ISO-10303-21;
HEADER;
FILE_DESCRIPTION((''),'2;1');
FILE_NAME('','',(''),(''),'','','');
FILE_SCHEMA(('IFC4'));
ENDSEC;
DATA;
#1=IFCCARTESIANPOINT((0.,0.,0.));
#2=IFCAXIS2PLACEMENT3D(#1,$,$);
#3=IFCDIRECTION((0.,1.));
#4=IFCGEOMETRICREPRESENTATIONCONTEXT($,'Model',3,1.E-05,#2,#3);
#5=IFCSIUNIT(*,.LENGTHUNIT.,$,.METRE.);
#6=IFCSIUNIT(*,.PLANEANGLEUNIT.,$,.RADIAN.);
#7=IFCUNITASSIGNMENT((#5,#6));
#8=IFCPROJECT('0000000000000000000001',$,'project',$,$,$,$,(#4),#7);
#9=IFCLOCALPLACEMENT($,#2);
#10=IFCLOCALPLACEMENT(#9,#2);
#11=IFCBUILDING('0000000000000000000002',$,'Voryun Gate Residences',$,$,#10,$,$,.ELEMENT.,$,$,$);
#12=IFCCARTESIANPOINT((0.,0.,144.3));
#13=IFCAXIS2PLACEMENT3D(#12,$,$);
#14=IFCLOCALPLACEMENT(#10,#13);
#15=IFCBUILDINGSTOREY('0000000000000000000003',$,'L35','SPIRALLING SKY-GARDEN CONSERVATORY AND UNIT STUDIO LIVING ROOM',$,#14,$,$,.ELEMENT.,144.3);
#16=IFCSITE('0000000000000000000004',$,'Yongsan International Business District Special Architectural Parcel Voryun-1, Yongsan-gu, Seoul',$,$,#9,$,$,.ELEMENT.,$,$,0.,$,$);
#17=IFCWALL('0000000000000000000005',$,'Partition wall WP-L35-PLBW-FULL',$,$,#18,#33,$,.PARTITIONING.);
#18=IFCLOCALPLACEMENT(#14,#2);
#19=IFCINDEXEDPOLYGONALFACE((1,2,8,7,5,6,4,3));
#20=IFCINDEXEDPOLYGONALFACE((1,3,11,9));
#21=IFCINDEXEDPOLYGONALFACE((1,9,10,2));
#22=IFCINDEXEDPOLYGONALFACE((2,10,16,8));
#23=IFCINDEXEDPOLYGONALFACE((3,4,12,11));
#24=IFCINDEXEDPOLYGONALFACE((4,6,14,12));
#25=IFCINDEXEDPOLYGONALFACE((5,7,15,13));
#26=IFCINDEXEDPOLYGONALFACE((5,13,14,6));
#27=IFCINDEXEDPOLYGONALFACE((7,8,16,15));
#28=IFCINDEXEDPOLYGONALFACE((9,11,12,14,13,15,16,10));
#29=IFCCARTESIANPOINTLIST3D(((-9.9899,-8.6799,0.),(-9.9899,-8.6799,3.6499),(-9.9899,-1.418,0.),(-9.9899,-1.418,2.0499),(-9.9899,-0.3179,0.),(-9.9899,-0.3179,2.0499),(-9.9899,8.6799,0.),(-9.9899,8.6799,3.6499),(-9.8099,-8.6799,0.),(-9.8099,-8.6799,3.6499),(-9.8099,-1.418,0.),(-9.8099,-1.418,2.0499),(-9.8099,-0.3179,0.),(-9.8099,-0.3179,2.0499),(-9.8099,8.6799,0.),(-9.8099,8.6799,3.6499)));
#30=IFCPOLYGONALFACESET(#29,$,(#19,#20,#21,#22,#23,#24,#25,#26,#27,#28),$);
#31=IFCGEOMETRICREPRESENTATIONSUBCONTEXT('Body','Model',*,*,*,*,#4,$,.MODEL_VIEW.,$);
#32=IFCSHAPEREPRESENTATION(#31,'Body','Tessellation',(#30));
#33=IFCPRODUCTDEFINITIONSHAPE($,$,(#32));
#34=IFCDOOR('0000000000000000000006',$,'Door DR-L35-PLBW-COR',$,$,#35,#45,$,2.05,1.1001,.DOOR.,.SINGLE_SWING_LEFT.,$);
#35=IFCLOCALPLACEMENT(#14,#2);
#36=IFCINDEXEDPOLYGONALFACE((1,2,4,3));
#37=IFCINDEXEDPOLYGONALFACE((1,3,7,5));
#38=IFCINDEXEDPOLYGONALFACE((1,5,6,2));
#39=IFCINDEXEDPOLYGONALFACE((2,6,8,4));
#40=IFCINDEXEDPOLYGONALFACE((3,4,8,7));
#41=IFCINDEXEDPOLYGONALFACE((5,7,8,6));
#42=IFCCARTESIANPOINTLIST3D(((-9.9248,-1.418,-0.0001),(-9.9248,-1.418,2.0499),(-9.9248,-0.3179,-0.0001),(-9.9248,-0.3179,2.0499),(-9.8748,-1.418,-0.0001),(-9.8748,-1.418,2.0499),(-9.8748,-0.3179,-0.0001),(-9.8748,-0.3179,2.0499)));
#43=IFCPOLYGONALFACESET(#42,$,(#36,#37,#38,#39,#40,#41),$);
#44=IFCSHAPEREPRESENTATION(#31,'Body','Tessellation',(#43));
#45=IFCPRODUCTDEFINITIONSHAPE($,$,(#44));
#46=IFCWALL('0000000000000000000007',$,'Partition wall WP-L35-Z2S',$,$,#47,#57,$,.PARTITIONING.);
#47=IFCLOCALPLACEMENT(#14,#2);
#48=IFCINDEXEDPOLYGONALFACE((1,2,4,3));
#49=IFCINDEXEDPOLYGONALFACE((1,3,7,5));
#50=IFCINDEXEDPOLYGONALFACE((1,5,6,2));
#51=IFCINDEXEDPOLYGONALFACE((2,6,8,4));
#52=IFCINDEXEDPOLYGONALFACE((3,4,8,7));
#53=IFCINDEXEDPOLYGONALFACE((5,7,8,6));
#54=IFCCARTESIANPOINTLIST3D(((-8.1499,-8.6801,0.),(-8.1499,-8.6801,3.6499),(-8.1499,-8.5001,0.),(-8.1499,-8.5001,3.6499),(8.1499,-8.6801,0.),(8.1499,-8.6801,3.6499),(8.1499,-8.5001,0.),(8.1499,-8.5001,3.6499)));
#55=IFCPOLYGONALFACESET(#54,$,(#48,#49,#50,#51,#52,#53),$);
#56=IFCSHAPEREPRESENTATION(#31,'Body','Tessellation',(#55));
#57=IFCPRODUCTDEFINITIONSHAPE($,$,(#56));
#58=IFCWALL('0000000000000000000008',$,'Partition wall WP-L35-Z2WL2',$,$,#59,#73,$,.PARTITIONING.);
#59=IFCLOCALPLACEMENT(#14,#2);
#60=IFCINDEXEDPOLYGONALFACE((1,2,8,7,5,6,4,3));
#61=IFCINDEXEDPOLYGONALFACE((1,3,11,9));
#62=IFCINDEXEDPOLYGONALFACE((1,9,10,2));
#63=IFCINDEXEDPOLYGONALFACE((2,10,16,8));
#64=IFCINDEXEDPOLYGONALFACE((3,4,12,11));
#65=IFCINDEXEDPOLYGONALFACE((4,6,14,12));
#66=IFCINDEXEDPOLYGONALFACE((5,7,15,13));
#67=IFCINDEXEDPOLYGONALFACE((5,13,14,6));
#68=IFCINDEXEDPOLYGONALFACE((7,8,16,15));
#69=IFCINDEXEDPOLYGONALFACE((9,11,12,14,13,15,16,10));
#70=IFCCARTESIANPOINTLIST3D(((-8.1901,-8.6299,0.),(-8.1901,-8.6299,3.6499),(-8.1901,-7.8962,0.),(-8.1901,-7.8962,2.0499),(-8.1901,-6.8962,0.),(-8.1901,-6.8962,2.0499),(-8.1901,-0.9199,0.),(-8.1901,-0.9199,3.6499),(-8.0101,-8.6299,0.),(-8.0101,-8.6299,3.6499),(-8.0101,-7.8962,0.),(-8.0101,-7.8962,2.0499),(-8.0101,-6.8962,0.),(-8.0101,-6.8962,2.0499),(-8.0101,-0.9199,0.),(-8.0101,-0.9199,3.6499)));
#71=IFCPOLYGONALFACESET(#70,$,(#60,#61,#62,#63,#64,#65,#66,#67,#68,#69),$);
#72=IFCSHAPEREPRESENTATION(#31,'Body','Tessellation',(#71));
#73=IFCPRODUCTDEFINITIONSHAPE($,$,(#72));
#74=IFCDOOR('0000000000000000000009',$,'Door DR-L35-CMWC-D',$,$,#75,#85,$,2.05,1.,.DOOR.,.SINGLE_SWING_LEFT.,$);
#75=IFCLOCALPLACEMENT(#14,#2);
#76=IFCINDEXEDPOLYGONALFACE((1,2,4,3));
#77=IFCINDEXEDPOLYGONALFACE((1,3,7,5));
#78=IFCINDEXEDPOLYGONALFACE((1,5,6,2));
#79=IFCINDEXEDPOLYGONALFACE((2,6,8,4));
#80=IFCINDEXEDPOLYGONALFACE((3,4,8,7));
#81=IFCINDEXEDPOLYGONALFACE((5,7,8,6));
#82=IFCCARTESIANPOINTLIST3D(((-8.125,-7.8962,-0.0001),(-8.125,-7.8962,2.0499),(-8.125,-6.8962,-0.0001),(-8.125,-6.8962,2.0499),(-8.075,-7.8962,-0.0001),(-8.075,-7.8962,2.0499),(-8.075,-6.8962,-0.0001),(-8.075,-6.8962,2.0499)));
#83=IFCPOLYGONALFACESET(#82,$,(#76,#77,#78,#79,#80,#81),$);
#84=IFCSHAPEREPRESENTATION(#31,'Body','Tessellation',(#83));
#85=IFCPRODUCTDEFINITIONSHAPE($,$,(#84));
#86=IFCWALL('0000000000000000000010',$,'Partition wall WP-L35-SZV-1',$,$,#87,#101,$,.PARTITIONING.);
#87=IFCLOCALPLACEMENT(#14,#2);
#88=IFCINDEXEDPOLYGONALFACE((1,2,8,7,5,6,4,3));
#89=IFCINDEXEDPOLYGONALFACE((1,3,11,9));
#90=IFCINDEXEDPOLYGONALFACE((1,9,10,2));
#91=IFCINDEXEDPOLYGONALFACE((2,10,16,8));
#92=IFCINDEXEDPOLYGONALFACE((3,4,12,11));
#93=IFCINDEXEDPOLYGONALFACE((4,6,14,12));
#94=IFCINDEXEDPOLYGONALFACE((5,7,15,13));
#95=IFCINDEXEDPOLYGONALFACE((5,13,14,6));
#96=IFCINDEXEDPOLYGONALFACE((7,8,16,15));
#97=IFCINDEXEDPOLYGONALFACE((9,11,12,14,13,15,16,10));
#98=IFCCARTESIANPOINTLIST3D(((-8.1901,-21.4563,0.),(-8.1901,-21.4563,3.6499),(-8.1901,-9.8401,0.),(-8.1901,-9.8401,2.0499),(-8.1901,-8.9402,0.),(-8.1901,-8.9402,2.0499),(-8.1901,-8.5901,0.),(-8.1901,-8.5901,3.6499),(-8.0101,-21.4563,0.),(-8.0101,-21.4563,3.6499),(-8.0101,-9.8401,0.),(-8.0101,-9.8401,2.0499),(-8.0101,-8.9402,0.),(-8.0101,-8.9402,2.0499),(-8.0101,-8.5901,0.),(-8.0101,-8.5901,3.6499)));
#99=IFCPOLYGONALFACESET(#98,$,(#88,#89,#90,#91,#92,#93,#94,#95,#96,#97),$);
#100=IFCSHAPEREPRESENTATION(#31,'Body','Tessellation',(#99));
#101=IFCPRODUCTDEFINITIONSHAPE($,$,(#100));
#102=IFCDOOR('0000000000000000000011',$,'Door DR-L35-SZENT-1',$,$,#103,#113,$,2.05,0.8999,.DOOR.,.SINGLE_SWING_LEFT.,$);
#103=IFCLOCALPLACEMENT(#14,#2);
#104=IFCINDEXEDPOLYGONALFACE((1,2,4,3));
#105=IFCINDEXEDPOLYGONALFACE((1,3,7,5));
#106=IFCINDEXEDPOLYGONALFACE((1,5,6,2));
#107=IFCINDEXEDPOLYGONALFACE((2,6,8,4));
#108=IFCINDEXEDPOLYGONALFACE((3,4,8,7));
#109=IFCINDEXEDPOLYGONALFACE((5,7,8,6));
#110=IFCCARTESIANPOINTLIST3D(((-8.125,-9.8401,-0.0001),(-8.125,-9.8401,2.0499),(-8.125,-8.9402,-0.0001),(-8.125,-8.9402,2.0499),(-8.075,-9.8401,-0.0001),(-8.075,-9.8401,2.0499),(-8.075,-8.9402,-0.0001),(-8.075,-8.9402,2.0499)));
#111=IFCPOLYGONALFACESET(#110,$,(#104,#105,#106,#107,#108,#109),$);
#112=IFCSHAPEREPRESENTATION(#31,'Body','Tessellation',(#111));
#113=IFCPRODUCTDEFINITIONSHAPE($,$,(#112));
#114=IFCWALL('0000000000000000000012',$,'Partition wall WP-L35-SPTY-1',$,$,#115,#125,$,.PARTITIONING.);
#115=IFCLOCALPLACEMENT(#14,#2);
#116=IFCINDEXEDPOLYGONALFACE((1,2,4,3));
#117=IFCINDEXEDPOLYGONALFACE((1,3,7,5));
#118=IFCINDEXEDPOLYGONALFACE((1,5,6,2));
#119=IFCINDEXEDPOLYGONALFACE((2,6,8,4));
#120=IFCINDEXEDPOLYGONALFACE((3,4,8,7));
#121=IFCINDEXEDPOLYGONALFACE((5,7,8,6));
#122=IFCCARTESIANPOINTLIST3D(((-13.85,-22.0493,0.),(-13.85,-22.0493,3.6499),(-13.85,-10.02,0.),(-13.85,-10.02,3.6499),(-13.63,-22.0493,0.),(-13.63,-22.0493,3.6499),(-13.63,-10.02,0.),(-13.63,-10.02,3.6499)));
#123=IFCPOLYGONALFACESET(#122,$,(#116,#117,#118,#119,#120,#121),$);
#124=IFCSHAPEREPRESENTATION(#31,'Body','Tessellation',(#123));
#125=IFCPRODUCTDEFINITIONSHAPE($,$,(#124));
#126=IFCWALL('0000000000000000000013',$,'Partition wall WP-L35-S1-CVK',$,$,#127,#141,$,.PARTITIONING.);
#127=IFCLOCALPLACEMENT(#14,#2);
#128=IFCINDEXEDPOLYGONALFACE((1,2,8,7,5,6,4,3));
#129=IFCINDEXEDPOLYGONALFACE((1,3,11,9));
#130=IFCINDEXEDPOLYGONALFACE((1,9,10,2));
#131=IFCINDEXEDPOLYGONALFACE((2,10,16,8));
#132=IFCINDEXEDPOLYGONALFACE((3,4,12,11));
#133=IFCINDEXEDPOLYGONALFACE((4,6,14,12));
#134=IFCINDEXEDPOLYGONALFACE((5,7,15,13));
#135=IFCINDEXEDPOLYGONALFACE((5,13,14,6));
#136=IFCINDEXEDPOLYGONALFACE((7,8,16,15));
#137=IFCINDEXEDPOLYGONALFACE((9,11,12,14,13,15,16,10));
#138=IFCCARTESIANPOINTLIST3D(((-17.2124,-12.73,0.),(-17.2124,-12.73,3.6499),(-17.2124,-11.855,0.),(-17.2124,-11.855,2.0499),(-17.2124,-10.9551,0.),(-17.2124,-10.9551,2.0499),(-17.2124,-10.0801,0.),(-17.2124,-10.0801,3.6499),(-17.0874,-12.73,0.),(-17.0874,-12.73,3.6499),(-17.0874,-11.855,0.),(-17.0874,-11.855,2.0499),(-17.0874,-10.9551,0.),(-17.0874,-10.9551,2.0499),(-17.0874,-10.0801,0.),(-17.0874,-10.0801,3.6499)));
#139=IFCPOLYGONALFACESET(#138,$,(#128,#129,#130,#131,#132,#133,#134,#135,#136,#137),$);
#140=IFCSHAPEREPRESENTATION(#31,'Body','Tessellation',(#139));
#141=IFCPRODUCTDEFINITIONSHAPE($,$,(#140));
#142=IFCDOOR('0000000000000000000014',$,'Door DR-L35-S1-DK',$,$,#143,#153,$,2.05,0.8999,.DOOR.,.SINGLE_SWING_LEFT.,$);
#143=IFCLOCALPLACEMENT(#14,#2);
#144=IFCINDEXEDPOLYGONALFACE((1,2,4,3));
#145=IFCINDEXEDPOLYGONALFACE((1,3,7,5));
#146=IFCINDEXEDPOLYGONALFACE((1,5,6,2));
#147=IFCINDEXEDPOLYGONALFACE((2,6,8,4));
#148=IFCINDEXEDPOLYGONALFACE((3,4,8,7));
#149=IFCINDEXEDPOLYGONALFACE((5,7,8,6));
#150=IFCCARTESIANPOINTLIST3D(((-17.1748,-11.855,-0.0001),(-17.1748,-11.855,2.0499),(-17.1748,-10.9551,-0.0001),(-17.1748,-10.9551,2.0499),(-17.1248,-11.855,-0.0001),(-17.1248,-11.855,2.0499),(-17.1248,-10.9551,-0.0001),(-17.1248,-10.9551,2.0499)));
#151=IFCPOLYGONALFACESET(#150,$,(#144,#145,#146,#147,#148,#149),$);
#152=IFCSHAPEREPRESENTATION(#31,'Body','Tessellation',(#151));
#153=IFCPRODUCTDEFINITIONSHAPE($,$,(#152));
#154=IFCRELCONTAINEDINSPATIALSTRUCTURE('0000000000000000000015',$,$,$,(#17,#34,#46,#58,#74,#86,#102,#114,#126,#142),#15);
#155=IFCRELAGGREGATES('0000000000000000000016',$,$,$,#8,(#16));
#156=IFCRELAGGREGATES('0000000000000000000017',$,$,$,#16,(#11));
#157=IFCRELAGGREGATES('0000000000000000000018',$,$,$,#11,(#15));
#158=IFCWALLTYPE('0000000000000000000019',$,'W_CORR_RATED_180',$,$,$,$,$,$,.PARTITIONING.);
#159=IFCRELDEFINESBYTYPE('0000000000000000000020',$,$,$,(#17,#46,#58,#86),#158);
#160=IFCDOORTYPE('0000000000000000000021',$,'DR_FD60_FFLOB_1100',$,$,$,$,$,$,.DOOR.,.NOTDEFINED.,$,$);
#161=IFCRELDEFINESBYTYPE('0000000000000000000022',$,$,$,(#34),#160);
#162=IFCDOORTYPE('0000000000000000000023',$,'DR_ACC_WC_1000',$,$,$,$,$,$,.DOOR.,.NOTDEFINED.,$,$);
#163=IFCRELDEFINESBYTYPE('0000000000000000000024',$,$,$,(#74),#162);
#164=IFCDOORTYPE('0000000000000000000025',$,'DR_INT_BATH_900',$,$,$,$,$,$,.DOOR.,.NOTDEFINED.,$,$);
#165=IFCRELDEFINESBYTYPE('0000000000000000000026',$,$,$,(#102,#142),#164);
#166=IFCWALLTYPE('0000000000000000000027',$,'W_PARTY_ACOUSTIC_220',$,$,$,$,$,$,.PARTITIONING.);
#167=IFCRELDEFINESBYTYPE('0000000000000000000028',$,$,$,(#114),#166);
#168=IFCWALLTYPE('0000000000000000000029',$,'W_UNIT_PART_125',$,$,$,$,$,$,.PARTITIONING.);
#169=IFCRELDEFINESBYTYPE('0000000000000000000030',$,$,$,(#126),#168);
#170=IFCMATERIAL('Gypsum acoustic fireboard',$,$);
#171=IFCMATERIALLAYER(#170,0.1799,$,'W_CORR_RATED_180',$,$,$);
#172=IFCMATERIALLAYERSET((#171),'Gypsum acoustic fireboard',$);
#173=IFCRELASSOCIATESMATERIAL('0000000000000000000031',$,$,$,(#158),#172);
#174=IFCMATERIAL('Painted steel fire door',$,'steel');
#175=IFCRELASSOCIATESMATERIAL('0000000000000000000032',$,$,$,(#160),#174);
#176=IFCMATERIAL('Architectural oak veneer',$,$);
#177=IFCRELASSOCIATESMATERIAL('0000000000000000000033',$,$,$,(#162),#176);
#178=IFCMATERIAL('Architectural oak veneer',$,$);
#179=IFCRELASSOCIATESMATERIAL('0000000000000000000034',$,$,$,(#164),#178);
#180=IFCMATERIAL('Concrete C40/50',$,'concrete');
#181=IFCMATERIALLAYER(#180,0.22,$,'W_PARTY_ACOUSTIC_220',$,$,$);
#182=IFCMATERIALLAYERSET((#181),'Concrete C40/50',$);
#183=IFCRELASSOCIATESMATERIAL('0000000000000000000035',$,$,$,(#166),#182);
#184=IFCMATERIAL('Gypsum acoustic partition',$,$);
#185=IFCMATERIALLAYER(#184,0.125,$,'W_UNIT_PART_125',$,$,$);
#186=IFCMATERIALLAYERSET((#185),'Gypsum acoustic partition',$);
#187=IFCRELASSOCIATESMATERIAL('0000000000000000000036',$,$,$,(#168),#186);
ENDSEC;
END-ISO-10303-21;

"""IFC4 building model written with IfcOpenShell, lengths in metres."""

from ifc_helpers import new_model, si_unit, direction, frame, frame_2d, origin, place, context, subcontext, project, spatial, rectangle, extrude, material, layer, layer_set, type_object, element, fill, save


model = new_model("IFC4")

# Units and contexts
model_context = context("Model", 3, precision=1e-05, world=origin(), true_north=direction((0.0, 1.0)))
body_context = subcontext(model_context, "Body", "Model", "MODEL_VIEW")
ifc_project = project(units=[si_unit("LENGTHUNIT", "METRE"), si_unit("PLANEANGLEUNIT", "RADIAN")], contexts=[model_context])

# Site, building, storey
site_placement = place(None, origin())
site = spatial("IfcSite", under=ifc_project, at=site_placement, Name="Yongsan International Business District Special Architectural Parcel Voryun-1, Yongsan-gu, Seoul", CompositionType="ELEMENT", RefElevation=0.0)
building_placement = place(site_placement, origin())
building = spatial("IfcBuilding", under=site, at=building_placement, Name="Voryun Gate Residences", CompositionType="ELEMENT")
storey_placement = place(building_placement, frame((0.0, 0.0, 144.3)))
storey = spatial("IfcBuildingStorey", under=building, at=storey_placement, Name="L35", Description="SPIRALLING SKY-GARDEN CONSERVATORY AND UNIT STUDIO LIVING ROOM", CompositionType="ELEMENT", Elevation=144.3)

# Wall, opening, door
ifc_material_1 = material(Name="Gypsum acoustic fireboard")
ifc_layer_1 = layer(ifc_material_1, 0.1799, Name="W_CORR_RATED_180")
ifc_layer_set_1 = layer_set([ifc_layer_1], Name="Gypsum acoustic fireboard")
wall_type_1 = type_object("IfcWallType", Name="W_CORR_RATED_180", PredefinedType="PARTITIONING", material=ifc_layer_set_1)
wall_1_placement = place(storey_placement, frame((-9.8999, -8.6799, 0.0), z_axis=(0.0, 0.0, 1.0), x_axis=(0.0, 1.0, 0.0)))
wall_1 = element("IfcWall", 1, at=wall_1_placement, inside=storey, type_object=wall_type_1, Name="Partition wall WP-L35-PLBW-FULL", PredefinedType="PARTITIONING", context=body_context, shape_type="SweptSolid", body=[
    extrude(rectangle(XDim=17.3599, YDim=0.1799, at=frame_2d((8.6799, 0.0))), origin(), (0.0, 0.0, 1.0), 3.6499),
])
opening_1_placement = place(wall_1_placement, frame((7.262, 0.0, 0.0)))
opening_1 = element("IfcOpeningElement", 2, at=opening_1_placement, cuts=wall_1, PredefinedType="OPENING", context=body_context, shape_type="SweptSolid", body=[
    extrude(rectangle(XDim=1.1001, YDim=2.05, at=frame_2d((0.55, 1.0249))), frame((0.0, 0.0999, 0.0), z_axis=(0.0, -1.0, 0.0), x_axis=(1.0, 0.0, 0.0)), (0.0, 0.0, 1.0), 0.2),
])
ifc_material_2 = material(Name="Painted steel fire door", Category="steel")
door_type_1 = type_object("IfcDoorType", Name="DR_FD60_FFLOB_1100", OperationType="NOTDEFINED", PredefinedType="DOOR", material=ifc_material_2)
door_1_placement = place(opening_1_placement, origin())
door_1 = element("IfcDoor", 3, at=door_1_placement, inside=storey, type_object=door_type_1, Name="Door DR-L35-PLBW-COR", OperationType="SINGLE_SWING_LEFT", OverallHeight=2.05, OverallWidth=1.1001, PredefinedType="DOOR", context=body_context, shape_type="SweptSolid", body=[
    extrude(rectangle(XDim=1.1001, YDim=2.05, at=frame_2d((0.55, 1.0249))), frame((0.0, 0.0249, 0.0), z_axis=(0.0, -1.0, 0.0), x_axis=(1.0, 0.0, 0.0)), (0.0, 0.0, 1.0), 0.05),
])
fill(opening_1, door_1)

# Wall
wall_2_placement = place(storey_placement, frame((-8.1499, -8.5901, 0.0), z_axis=(0.0, 0.0, 1.0), x_axis=(1.0, 0.0, 0.0)))
element("IfcWall", 4, at=wall_2_placement, inside=storey, type_object=wall_type_1, Name="Partition wall WP-L35-Z2S", PredefinedType="PARTITIONING", context=body_context, shape_type="SweptSolid", body=[
    extrude(rectangle(XDim=16.2998, YDim=0.1799, at=frame_2d((8.1499, 0.0))), origin(), (0.0, 0.0, 1.0), 3.6499),
])

# Walls, openings, doors
wall_3_placement = place(storey_placement, frame((-8.1001, -8.6299, 0.0), z_axis=(0.0, 0.0, 1.0), x_axis=(0.0, 1.0, 0.0)))
wall_3 = element("IfcWall", 5, at=wall_3_placement, inside=storey, type_object=wall_type_1, Name="Partition wall WP-L35-Z2WL2", PredefinedType="PARTITIONING", context=body_context, shape_type="SweptSolid", body=[
    extrude(rectangle(XDim=7.71, YDim=0.1799, at=frame_2d((3.855, 0.0))), origin(), (0.0, 0.0, 1.0), 3.6499),
])
opening_2_placement = place(wall_3_placement, frame((0.7336, 0.0, 0.0)))
opening_2 = element("IfcOpeningElement", 6, at=opening_2_placement, cuts=wall_3, PredefinedType="OPENING", context=body_context, shape_type="SweptSolid", body=[
    extrude(rectangle(XDim=1.0, YDim=2.05, at=frame_2d((0.5, 1.0249))), frame((0.0, 0.0999, 0.0), z_axis=(0.0, -1.0, 0.0), x_axis=(1.0, 0.0, 0.0)), (0.0, 0.0, 1.0), 0.2),
])
ifc_material_3 = material(Name="Architectural oak veneer")
door_type_2 = type_object("IfcDoorType", Name="DR_ACC_WC_1000", OperationType="NOTDEFINED", PredefinedType="DOOR", material=ifc_material_3)
door_2_placement = place(opening_2_placement, origin())
door_2 = element("IfcDoor", 7, at=door_2_placement, inside=storey, type_object=door_type_2, Name="Door DR-L35-CMWC-D", OperationType="SINGLE_SWING_LEFT", OverallHeight=2.05, OverallWidth=1.0, PredefinedType="DOOR", context=body_context, shape_type="SweptSolid", body=[
    extrude(rectangle(XDim=1.0, YDim=2.05, at=frame_2d((0.5, 1.0249))), frame((0.0, 0.0249, 0.0), z_axis=(0.0, -1.0, 0.0), x_axis=(1.0, 0.0, 0.0)), (0.0, 0.0, 1.0), 0.05),
])
fill(opening_2, door_2)
wall_4_placement = place(storey_placement, frame((-8.1001, -21.4563, 0.0), z_axis=(0.0, 0.0, 1.0), x_axis=(0.0, 1.0, 0.0)))
wall_4 = element("IfcWall", 8, at=wall_4_placement, inside=storey, type_object=wall_type_1, Name="Partition wall WP-L35-SZV-1", PredefinedType="PARTITIONING", context=body_context, shape_type="SweptSolid", body=[
    extrude(rectangle(XDim=12.8662, YDim=0.1799, at=frame_2d((6.4331, 0.0))), origin(), (0.0, 0.0, 1.0), 3.6499),
])
opening_3_placement = place(wall_4_placement, frame((11.6162, 0.0, 0.0)))
opening_3 = element("IfcOpeningElement", 9, at=opening_3_placement, cuts=wall_4, PredefinedType="OPENING", context=body_context, shape_type="SweptSolid", body=[
    extrude(rectangle(XDim=0.8999, YDim=2.05, at=frame_2d((0.45, 1.0249))), frame((0.0, 0.0999, 0.0), z_axis=(0.0, -1.0, 0.0), x_axis=(1.0, 0.0, 0.0)), (0.0, 0.0, 1.0), 0.2),
])
ifc_material_4 = material(Name="Architectural oak veneer")
door_type_3 = type_object("IfcDoorType", Name="DR_INT_BATH_900", OperationType="NOTDEFINED", PredefinedType="DOOR", material=ifc_material_4)
door_3_placement = place(opening_3_placement, origin())
door_3 = element("IfcDoor", 10, at=door_3_placement, inside=storey, type_object=door_type_3, Name="Door DR-L35-SZENT-1", OperationType="SINGLE_SWING_LEFT", OverallHeight=2.05, OverallWidth=0.8999, PredefinedType="DOOR", context=body_context, shape_type="SweptSolid", body=[
    extrude(rectangle(XDim=0.8999, YDim=2.05, at=frame_2d((0.45, 1.0249))), frame((0.0, 0.0249, 0.0), z_axis=(0.0, -1.0, 0.0), x_axis=(1.0, 0.0, 0.0)), (0.0, 0.0, 1.0), 0.05),
])
fill(opening_3, door_3)

# Wall
ifc_material_5 = material(Name="Concrete C40/50", Category="concrete")
ifc_layer_2 = layer(ifc_material_5, 0.22, Name="W_PARTY_ACOUSTIC_220")
ifc_layer_set_2 = layer_set([ifc_layer_2], Name="Concrete C40/50")
wall_type_2 = type_object("IfcWallType", Name="W_PARTY_ACOUSTIC_220", PredefinedType="PARTITIONING", material=ifc_layer_set_2)
wall_5_placement = place(storey_placement, frame((-13.74, -22.0493, 0.0), z_axis=(0.0, 0.0, 1.0), x_axis=(0.0, 1.0, 0.0)))
element("IfcWall", 11, at=wall_5_placement, inside=storey, type_object=wall_type_2, Name="Partition wall WP-L35-SPTY-1", PredefinedType="PARTITIONING", context=body_context, shape_type="SweptSolid", body=[
    extrude(rectangle(XDim=12.0293, YDim=0.22, at=frame_2d((6.0146, 0.0))), origin(), (0.0, 0.0, 1.0), 3.6499),
])

# Wall, opening, door
ifc_material_6 = material(Name="Gypsum acoustic partition")
ifc_layer_3 = layer(ifc_material_6, 0.125, Name="W_UNIT_PART_125")
ifc_layer_set_3 = layer_set([ifc_layer_3], Name="Gypsum acoustic partition")
wall_type_3 = type_object("IfcWallType", Name="W_UNIT_PART_125", PredefinedType="PARTITIONING", material=ifc_layer_set_3)
wall_6_placement = place(storey_placement, frame((-17.1499, -12.73, 0.0), z_axis=(0.0, 0.0, 1.0), x_axis=(0.0, 1.0, 0.0)))
wall_6 = element("IfcWall", 12, at=wall_6_placement, inside=storey, type_object=wall_type_3, Name="Partition wall WP-L35-S1-CVK", PredefinedType="PARTITIONING", context=body_context, shape_type="SweptSolid", body=[
    extrude(rectangle(XDim=2.6499, YDim=0.125, at=frame_2d((1.325, 0.0))), origin(), (0.0, 0.0, 1.0), 3.6499),
])
opening_4_placement = place(wall_6_placement, frame((0.875, 0.0, 0.0)))
opening_4 = element("IfcOpeningElement", 13, at=opening_4_placement, cuts=wall_6, PredefinedType="OPENING", context=body_context, shape_type="SweptSolid", body=[
    extrude(rectangle(XDim=0.8999, YDim=2.05, at=frame_2d((0.45, 1.0249))), frame((0.0, 0.0725, 0.0), z_axis=(0.0, -1.0, 0.0), x_axis=(1.0, 0.0, 0.0)), (0.0, 0.0, 1.0), 0.145),
])
door_4_placement = place(opening_4_placement, origin())
door_4 = element("IfcDoor", 14, at=door_4_placement, inside=storey, type_object=door_type_3, Name="Door DR-L35-S1-DK", OperationType="SINGLE_SWING_LEFT", OverallHeight=2.05, OverallWidth=0.8999, PredefinedType="DOOR", context=body_context, shape_type="SweptSolid", body=[
    extrude(rectangle(XDim=0.8999, YDim=2.05, at=frame_2d((0.45, 1.0249))), frame((0.0, 0.0249, 0.0), z_axis=(0.0, -1.0, 0.0), x_axis=(1.0, 0.0, 0.0)), (0.0, 0.0, 1.0), 0.05),
])
fill(opening_4, door_4)

save(model, "model.ifc")
